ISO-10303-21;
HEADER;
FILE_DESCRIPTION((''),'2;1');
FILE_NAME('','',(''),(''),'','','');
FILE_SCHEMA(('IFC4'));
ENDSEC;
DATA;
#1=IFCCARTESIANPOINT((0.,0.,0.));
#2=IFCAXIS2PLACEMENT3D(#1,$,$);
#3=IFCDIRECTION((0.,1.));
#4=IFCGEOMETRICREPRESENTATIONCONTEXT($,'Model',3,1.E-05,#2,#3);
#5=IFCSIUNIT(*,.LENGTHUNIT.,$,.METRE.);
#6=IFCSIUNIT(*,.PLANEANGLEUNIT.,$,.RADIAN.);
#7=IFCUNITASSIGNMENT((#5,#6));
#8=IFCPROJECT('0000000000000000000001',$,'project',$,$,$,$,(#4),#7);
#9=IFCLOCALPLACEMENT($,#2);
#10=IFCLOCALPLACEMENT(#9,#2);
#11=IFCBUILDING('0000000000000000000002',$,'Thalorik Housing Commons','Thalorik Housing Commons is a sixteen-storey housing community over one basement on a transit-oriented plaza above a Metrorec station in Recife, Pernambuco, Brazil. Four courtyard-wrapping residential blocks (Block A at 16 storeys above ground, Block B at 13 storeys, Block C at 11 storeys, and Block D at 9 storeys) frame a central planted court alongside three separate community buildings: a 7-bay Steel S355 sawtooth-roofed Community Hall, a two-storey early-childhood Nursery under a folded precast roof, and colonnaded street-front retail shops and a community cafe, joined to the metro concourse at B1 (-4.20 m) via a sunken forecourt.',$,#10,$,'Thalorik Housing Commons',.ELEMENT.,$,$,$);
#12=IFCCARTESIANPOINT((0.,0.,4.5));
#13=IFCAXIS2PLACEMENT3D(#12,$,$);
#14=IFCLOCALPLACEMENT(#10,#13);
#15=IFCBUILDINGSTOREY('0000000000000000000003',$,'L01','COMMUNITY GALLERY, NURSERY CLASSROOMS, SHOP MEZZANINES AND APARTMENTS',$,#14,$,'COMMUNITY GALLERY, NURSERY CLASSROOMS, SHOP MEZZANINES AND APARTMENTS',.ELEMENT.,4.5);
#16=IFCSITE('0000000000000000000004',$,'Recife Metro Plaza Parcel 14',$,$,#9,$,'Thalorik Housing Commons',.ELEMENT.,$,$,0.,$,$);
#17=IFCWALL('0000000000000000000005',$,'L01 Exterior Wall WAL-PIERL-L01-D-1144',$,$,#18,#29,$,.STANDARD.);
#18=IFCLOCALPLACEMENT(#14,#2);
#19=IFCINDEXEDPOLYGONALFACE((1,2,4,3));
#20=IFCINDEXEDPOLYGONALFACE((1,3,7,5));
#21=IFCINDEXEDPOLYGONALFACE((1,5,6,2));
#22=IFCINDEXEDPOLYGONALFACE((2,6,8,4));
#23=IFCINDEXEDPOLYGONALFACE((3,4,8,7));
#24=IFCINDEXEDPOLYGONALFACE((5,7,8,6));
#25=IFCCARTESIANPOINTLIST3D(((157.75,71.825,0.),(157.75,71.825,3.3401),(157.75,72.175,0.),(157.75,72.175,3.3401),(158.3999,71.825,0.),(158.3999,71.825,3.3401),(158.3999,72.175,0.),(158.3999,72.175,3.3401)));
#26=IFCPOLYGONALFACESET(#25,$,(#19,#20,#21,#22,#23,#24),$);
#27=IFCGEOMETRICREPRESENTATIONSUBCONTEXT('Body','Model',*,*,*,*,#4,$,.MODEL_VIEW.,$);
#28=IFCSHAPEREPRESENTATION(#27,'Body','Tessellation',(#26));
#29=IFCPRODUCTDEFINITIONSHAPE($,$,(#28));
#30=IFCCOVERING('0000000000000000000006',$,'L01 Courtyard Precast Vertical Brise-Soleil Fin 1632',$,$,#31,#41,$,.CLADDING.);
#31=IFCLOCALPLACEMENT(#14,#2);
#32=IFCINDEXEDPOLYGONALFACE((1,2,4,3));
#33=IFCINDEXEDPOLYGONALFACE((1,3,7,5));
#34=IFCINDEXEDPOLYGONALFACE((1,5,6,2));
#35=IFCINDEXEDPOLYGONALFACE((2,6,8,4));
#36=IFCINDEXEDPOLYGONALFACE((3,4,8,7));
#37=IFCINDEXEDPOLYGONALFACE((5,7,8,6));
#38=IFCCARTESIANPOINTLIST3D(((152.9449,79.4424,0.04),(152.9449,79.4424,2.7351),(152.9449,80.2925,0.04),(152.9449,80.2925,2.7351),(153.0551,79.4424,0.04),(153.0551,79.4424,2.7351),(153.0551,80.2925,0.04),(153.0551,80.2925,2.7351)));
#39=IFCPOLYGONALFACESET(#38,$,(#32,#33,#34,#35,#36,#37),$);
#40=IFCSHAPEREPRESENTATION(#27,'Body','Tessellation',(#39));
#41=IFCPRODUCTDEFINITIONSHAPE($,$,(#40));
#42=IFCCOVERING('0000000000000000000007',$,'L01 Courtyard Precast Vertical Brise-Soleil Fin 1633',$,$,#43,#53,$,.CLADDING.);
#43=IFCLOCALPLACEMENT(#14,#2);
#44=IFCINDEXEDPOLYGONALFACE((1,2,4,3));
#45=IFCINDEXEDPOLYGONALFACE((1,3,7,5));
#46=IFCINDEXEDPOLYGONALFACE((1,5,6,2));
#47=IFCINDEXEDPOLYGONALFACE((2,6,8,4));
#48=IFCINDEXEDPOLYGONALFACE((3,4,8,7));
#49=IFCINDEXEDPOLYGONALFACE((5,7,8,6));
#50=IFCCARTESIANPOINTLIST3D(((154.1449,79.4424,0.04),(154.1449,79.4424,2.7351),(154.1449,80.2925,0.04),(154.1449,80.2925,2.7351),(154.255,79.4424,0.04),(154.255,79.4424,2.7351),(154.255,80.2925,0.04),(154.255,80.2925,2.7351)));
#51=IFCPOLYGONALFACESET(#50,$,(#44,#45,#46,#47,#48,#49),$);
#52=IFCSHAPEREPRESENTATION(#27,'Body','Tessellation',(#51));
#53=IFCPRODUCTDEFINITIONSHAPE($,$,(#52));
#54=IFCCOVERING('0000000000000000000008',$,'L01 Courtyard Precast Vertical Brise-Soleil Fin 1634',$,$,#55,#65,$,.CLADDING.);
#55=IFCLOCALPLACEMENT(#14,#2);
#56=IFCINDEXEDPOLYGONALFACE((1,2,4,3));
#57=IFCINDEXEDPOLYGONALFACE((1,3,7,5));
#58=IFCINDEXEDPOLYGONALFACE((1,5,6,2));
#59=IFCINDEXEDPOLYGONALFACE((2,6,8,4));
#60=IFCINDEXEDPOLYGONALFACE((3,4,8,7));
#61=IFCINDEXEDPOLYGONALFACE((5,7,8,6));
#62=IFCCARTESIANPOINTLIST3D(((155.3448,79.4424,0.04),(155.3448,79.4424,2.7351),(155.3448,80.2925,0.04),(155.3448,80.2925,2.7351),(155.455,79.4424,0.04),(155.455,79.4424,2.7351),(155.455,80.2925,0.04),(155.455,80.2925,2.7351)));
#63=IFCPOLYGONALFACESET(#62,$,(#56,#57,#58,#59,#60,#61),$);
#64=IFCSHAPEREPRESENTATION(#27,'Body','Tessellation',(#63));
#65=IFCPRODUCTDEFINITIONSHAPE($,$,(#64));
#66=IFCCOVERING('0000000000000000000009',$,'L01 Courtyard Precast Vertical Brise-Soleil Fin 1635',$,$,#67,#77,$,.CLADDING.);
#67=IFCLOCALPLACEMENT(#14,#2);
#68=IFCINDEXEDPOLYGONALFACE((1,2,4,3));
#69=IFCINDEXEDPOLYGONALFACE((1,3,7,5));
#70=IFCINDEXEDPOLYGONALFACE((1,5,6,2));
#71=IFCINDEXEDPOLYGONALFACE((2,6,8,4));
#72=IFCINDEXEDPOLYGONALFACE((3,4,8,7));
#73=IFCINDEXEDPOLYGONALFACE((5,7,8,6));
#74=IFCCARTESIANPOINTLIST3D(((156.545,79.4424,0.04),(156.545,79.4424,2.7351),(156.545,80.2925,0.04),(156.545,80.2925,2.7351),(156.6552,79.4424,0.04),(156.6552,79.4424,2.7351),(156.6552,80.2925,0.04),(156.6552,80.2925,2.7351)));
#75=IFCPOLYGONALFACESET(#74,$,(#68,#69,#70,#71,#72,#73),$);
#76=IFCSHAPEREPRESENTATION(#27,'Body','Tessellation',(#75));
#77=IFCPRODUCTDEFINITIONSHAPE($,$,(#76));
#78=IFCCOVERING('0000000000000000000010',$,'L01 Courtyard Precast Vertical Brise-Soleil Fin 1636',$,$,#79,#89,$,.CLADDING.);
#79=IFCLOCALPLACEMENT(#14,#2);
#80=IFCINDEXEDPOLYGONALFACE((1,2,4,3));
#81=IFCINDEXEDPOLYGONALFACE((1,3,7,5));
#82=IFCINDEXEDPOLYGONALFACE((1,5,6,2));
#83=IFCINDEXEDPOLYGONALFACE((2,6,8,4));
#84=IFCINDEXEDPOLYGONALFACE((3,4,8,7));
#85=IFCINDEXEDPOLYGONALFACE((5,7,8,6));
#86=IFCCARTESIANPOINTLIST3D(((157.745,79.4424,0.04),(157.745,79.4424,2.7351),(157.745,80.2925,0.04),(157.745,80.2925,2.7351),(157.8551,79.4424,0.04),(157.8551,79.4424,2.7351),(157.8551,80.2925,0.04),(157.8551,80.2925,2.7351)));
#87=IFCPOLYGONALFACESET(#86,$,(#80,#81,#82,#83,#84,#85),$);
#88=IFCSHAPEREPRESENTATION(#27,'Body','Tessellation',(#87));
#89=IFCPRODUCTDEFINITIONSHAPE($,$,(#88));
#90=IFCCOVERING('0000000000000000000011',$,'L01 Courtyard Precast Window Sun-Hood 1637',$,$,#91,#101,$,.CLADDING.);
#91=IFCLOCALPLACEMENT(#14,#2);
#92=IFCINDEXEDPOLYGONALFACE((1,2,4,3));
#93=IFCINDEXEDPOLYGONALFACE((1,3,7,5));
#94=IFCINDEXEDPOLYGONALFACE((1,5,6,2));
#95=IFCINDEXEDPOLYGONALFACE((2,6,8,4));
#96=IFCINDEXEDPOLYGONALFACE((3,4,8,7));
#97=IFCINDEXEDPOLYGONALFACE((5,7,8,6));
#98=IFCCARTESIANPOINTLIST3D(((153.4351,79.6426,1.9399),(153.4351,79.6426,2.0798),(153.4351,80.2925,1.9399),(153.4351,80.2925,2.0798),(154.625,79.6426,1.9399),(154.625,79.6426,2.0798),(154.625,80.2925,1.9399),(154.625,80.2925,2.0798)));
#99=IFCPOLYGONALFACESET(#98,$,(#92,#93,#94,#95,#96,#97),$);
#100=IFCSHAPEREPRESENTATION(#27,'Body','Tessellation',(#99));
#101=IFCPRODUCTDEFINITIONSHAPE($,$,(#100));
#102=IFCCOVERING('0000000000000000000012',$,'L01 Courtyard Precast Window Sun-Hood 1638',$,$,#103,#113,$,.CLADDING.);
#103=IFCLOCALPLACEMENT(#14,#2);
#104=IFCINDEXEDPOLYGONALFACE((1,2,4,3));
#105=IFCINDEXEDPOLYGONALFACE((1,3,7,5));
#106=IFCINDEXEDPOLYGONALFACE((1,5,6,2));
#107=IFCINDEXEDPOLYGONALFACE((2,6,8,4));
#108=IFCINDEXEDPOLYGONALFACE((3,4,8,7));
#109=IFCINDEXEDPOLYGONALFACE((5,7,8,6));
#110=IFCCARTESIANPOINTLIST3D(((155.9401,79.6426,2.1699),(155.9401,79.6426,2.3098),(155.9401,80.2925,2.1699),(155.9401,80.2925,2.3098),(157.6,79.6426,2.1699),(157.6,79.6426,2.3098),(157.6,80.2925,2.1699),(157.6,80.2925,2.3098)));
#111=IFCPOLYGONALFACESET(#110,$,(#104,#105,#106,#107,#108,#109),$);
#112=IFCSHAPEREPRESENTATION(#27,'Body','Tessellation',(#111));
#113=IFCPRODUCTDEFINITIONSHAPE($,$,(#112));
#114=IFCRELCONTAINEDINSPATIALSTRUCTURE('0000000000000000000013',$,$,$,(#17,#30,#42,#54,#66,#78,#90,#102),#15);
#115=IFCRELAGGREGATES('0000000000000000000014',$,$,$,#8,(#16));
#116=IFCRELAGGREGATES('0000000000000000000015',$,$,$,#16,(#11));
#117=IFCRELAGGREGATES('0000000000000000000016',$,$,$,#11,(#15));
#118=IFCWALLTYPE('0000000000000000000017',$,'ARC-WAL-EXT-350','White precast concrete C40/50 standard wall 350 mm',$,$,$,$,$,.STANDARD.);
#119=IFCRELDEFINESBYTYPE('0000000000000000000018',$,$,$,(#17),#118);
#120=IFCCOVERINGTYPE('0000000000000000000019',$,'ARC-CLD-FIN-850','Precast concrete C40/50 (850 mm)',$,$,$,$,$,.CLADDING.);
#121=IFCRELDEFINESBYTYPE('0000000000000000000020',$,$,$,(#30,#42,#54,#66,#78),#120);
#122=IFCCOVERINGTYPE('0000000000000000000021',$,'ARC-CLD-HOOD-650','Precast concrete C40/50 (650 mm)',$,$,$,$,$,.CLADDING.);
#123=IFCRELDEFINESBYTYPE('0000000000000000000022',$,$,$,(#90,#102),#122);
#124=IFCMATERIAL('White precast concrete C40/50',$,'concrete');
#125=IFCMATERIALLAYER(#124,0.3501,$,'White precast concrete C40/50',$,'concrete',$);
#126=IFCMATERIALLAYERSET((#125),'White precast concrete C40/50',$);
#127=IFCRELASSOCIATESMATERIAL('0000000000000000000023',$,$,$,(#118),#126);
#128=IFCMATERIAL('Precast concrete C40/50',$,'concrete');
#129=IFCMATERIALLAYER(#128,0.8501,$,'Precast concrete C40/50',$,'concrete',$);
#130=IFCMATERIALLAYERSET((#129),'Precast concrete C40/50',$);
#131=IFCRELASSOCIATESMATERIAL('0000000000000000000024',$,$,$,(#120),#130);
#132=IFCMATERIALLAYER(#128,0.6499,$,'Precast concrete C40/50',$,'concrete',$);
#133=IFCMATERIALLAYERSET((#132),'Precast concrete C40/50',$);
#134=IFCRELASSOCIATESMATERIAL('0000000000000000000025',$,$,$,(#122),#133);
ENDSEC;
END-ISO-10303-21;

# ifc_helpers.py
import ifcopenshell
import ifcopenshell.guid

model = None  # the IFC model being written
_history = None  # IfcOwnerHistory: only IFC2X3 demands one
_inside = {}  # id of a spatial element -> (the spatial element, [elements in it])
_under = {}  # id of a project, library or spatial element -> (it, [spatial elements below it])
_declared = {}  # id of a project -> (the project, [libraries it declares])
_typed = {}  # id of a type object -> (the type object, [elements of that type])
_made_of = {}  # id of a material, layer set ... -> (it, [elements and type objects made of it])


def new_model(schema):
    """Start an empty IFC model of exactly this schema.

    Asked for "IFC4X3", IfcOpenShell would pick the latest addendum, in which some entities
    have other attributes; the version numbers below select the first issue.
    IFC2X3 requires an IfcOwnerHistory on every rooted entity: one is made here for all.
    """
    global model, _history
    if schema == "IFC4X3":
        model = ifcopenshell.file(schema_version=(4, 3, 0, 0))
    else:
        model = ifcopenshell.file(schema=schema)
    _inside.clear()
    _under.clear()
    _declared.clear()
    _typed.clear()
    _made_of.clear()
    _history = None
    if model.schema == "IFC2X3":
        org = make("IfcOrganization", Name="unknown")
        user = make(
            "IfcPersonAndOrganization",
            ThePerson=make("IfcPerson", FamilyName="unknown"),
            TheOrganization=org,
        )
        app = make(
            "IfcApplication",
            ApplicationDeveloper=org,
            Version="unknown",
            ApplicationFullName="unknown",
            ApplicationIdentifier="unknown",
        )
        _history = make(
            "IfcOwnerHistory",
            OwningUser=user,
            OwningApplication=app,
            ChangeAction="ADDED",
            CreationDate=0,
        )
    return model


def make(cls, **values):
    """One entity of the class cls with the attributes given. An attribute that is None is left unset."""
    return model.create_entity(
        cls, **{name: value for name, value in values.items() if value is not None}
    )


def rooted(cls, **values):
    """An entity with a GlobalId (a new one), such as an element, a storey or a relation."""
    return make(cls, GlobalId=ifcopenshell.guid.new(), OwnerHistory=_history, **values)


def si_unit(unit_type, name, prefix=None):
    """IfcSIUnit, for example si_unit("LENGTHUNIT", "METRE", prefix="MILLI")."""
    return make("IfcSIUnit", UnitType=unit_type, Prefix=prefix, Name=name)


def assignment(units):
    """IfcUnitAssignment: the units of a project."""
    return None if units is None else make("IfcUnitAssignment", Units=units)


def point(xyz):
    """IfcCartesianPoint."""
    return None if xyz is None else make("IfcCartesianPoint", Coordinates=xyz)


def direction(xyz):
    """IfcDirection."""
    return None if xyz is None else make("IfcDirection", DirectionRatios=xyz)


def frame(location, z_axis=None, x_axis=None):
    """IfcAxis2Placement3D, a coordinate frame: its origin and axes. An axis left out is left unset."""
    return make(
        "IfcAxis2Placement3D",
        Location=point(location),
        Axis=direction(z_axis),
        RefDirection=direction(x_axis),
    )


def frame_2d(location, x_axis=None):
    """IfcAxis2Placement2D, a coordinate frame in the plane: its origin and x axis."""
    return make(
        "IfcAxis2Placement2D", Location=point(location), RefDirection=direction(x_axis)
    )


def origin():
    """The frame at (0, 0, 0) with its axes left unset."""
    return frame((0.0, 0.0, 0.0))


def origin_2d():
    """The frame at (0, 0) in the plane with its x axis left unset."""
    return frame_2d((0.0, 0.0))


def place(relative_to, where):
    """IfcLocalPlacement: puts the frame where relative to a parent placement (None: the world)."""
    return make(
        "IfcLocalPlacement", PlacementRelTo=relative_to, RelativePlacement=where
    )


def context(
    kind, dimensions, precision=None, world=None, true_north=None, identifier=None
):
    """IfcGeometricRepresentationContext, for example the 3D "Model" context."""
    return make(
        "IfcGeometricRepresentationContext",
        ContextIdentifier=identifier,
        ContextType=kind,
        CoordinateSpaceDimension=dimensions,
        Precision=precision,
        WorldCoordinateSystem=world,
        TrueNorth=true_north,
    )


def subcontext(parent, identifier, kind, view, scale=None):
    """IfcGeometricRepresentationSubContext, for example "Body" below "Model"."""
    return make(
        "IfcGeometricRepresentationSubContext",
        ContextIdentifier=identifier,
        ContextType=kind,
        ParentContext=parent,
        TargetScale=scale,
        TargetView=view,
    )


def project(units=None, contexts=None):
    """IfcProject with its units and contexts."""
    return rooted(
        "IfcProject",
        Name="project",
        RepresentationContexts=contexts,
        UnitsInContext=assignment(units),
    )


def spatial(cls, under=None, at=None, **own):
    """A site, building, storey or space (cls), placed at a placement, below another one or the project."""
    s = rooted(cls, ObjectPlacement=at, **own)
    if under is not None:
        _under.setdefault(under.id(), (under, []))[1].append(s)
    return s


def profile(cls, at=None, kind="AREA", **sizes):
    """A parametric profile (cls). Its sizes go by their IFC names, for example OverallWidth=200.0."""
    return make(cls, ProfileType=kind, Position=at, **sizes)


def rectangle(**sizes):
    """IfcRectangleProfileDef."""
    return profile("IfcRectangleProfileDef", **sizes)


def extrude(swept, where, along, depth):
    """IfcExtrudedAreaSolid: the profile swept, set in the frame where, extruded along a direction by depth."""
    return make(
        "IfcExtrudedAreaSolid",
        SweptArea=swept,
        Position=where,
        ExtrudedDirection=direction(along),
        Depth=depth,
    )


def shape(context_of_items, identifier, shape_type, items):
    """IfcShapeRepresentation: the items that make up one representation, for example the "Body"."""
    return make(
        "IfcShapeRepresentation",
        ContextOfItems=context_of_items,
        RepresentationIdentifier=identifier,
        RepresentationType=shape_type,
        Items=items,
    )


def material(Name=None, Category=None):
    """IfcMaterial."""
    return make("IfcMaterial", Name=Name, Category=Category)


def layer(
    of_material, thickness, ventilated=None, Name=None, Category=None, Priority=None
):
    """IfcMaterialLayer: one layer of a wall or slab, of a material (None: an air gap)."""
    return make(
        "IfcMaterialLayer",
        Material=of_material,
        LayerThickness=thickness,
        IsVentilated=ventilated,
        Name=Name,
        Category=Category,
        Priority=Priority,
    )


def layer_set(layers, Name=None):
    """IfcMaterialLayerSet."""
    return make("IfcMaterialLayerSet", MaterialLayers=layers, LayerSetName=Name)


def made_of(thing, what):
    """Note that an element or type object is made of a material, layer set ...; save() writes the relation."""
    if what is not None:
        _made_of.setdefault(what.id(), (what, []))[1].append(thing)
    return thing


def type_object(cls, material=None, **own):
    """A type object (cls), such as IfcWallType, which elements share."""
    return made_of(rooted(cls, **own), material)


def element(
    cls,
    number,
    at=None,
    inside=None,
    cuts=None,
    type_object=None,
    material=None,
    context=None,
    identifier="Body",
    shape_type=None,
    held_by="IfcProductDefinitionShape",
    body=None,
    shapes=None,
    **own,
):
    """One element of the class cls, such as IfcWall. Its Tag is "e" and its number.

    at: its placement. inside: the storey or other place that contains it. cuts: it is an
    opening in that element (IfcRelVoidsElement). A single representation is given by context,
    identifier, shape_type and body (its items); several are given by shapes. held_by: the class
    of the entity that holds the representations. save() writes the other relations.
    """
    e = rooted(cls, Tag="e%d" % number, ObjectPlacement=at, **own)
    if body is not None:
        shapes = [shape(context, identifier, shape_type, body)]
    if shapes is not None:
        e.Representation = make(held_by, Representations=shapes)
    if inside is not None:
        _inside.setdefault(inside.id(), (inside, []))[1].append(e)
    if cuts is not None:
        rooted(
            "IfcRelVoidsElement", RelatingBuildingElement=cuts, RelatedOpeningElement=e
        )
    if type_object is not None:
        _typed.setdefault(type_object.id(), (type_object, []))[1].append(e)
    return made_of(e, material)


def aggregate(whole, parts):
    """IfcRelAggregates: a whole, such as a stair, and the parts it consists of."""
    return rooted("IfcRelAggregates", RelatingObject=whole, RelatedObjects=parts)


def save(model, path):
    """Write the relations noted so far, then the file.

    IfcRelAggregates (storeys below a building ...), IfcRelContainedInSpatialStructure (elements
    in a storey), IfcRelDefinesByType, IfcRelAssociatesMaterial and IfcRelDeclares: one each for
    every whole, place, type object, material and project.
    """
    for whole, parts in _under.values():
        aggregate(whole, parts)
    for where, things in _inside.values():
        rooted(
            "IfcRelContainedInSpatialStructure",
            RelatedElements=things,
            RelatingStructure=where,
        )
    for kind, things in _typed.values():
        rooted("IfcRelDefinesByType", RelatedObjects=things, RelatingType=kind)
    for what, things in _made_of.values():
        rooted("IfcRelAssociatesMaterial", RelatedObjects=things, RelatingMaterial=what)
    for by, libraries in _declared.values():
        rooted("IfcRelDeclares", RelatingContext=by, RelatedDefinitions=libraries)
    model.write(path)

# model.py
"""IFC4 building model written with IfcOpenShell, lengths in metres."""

from ifc_helpers import new_model, si_unit, direction, frame, frame_2d, origin, origin_2d, place, context, subcontext, project, spatial, rectangle, extrude, material, layer, layer_set, type_object, element, save


model = new_model("IFC4")

# Units and contexts
model_context = context("Model", 3, precision=1e-05, world=origin(), true_north=direction((0.0, 1.0)))
body_context = subcontext(model_context, "Body", "Model", "MODEL_VIEW")
ifc_project = project(units=[si_unit("LENGTHUNIT", "METRE"), si_unit("PLANEANGLEUNIT", "RADIAN")], contexts=[model_context])

# Site, building, storey
site_placement = place(None, origin())
site = spatial("IfcSite", under=ifc_project, at=site_placement, Name="Recife Metro Plaza Parcel 14", LongName="Thalorik Housing Commons", CompositionType="ELEMENT", RefElevation=0.0)
building_placement = place(site_placement, origin())
building = spatial("IfcBuilding", under=site, at=building_placement, Name="Thalorik Housing Commons", Description="Thalorik Housing Commons is a sixteen-storey housing community over one basement on a transit-oriented plaza above a Metrorec station in Recife, Pernambuco, Brazil. Four courtyard-wrapping residential blocks (Block A at 16 storeys above ground, Block B at 13 storeys, Block C at 11 storeys, and Block D at 9 storeys) frame a central planted court alongside three separate community buildings: a 7-bay Steel S355 sawtooth-roofed Community Hall, a two-storey early-childhood Nursery under a folded precast roof, and colonnaded street-front retail shops and a community cafe, joined to the metro concourse at B1 (-4.20 m) via a sunken forecourt.", LongName="Thalorik Housing Commons", CompositionType="ELEMENT")
storey_placement = place(building_placement, frame((0.0, 0.0, 4.5)))
storey = spatial("IfcBuildingStorey", under=building, at=storey_placement, Name="L01", Description="COMMUNITY GALLERY, NURSERY CLASSROOMS, SHOP MEZZANINES AND APARTMENTS", LongName="COMMUNITY GALLERY, NURSERY CLASSROOMS, SHOP MEZZANINES AND APARTMENTS", CompositionType="ELEMENT", Elevation=4.5)

# Shared definitions
ifc_material_1 = material(Name="Precast concrete C40/50", Category="concrete")

# Shared definitions
ifc_material_2 = material(Name="White precast concrete C40/50", Category="concrete")

# Wall
ifc_layer_1 = layer(ifc_material_2, 0.3501, Name="White precast concrete C40/50", Category="concrete")
ifc_layer_set_1 = layer_set([ifc_layer_1], Name="White precast concrete C40/50")
wall_type_1 = type_object("IfcWallType", Name="ARC-WAL-EXT-350", Description="White precast concrete C40/50 standard wall 350 mm", PredefinedType="STANDARD", material=ifc_layer_set_1)
wall_1_placement = place(storey_placement, frame((158.3999, 72.0, 0.0), z_axis=(0.0, 0.0, 1.0), x_axis=(-1.0, 0.0, 0.0)))
element("IfcWall", 1, at=wall_1_placement, inside=storey, type_object=wall_type_1, Name="L01 Exterior Wall WAL-PIERL-L01-D-1144", PredefinedType="STANDARD", context=body_context, shape_type="SweptSolid", body=[
    extrude(rectangle(XDim=0.6499, YDim=0.3501, at=frame_2d((0.325, 0.0))), origin(), (0.0, 0.0, 1.0), 3.3401),
])

# Coverings
ifc_layer_2 = layer(ifc_material_1, 0.8501, Name="Precast concrete C40/50", Category="concrete")
ifc_layer_set_2 = layer_set([ifc_layer_2], Name="Precast concrete C40/50")
covering_type_1 = type_object("IfcCoveringType", Name="ARC-CLD-FIN-850", Description="Precast concrete C40/50 (850 mm)", PredefinedType="CLADDING", material=ifc_layer_set_2)
for number, where, z_axis, x_axis, name in (
    (2, (153.0, 79.8674, 0.04), (0.0, 0.0, 1.0), (1.0, 0.0, 0.0), "L01 Courtyard Precast Vertical Brise-Soleil Fin 1632"),
    (3, (154.2, 79.8674, 0.04), (0.0, 0.0, 1.0), (1.0, 0.0, 0.0), "L01 Courtyard Precast Vertical Brise-Soleil Fin 1633"),
    (4, (155.3999, 79.8674, 0.04), (0.0, 0.0, 1.0), (1.0, 0.0, 0.0), "L01 Courtyard Precast Vertical Brise-Soleil Fin 1634"),
    (5, (156.6001, 79.8674, 0.04), (0.0, 0.0, 1.0), (1.0, 0.0, 0.0), "L01 Courtyard Precast Vertical Brise-Soleil Fin 1635"),
    (6, (157.8, 79.8674, 0.04), (0.0, 0.0, 1.0), (1.0, 0.0, 0.0), "L01 Courtyard Precast Vertical Brise-Soleil Fin 1636"),
):
    element("IfcCovering", number, at=place(storey_placement, frame(where, z_axis=z_axis, x_axis=x_axis)), inside=storey, type_object=covering_type_1, Name=name, PredefinedType="CLADDING", context=body_context, shape_type="SweptSolid", body=[
        extrude(rectangle(XDim=0.1101, YDim=0.8501, at=origin_2d()), origin(), (0.0, 0.0, 1.0), 2.6951),
    ])
ifc_layer_3 = layer(ifc_material_1, 0.6499, Name="Precast concrete C40/50", Category="concrete")
ifc_layer_set_3 = layer_set([ifc_layer_3], Name="Precast concrete C40/50")
covering_type_2 = type_object("IfcCoveringType", Name="ARC-CLD-HOOD-650", Description="Precast concrete C40/50 (650 mm)", PredefinedType="CLADDING", material=ifc_layer_set_3)
covering_1_placement = place(storey_placement, frame((154.03, 79.9675, 1.9399), z_axis=(0.0, 0.0, 1.0), x_axis=(1.0, 0.0, 0.0)))
element("IfcCovering", 7, at=covering_1_placement, inside=storey, type_object=covering_type_2, Name="L01 Courtyard Precast Window Sun-Hood 1637", PredefinedType="CLADDING", context=body_context, shape_type="SweptSolid", body=[
    extrude(rectangle(XDim=1.1899, YDim=0.6499, at=origin_2d()), origin(), (0.0, 0.0, 1.0), 0.1399),
])
covering_2_placement = place(storey_placement, frame((156.77, 79.9675, 2.1699), z_axis=(0.0, 0.0, 1.0), x_axis=(1.0, 0.0, 0.0)))
element("IfcCovering", 8, at=covering_2_placement, inside=storey, type_object=covering_type_2, Name="L01 Courtyard Precast Window Sun-Hood 1638", PredefinedType="CLADDING", context=body_context, shape_type="SweptSolid", body=[
    extrude(rectangle(XDim=1.6599, YDim=0.6499, at=origin_2d()), origin(), (0.0, 0.0, 1.0), 0.1399),
])

save(model, "model.ifc")
